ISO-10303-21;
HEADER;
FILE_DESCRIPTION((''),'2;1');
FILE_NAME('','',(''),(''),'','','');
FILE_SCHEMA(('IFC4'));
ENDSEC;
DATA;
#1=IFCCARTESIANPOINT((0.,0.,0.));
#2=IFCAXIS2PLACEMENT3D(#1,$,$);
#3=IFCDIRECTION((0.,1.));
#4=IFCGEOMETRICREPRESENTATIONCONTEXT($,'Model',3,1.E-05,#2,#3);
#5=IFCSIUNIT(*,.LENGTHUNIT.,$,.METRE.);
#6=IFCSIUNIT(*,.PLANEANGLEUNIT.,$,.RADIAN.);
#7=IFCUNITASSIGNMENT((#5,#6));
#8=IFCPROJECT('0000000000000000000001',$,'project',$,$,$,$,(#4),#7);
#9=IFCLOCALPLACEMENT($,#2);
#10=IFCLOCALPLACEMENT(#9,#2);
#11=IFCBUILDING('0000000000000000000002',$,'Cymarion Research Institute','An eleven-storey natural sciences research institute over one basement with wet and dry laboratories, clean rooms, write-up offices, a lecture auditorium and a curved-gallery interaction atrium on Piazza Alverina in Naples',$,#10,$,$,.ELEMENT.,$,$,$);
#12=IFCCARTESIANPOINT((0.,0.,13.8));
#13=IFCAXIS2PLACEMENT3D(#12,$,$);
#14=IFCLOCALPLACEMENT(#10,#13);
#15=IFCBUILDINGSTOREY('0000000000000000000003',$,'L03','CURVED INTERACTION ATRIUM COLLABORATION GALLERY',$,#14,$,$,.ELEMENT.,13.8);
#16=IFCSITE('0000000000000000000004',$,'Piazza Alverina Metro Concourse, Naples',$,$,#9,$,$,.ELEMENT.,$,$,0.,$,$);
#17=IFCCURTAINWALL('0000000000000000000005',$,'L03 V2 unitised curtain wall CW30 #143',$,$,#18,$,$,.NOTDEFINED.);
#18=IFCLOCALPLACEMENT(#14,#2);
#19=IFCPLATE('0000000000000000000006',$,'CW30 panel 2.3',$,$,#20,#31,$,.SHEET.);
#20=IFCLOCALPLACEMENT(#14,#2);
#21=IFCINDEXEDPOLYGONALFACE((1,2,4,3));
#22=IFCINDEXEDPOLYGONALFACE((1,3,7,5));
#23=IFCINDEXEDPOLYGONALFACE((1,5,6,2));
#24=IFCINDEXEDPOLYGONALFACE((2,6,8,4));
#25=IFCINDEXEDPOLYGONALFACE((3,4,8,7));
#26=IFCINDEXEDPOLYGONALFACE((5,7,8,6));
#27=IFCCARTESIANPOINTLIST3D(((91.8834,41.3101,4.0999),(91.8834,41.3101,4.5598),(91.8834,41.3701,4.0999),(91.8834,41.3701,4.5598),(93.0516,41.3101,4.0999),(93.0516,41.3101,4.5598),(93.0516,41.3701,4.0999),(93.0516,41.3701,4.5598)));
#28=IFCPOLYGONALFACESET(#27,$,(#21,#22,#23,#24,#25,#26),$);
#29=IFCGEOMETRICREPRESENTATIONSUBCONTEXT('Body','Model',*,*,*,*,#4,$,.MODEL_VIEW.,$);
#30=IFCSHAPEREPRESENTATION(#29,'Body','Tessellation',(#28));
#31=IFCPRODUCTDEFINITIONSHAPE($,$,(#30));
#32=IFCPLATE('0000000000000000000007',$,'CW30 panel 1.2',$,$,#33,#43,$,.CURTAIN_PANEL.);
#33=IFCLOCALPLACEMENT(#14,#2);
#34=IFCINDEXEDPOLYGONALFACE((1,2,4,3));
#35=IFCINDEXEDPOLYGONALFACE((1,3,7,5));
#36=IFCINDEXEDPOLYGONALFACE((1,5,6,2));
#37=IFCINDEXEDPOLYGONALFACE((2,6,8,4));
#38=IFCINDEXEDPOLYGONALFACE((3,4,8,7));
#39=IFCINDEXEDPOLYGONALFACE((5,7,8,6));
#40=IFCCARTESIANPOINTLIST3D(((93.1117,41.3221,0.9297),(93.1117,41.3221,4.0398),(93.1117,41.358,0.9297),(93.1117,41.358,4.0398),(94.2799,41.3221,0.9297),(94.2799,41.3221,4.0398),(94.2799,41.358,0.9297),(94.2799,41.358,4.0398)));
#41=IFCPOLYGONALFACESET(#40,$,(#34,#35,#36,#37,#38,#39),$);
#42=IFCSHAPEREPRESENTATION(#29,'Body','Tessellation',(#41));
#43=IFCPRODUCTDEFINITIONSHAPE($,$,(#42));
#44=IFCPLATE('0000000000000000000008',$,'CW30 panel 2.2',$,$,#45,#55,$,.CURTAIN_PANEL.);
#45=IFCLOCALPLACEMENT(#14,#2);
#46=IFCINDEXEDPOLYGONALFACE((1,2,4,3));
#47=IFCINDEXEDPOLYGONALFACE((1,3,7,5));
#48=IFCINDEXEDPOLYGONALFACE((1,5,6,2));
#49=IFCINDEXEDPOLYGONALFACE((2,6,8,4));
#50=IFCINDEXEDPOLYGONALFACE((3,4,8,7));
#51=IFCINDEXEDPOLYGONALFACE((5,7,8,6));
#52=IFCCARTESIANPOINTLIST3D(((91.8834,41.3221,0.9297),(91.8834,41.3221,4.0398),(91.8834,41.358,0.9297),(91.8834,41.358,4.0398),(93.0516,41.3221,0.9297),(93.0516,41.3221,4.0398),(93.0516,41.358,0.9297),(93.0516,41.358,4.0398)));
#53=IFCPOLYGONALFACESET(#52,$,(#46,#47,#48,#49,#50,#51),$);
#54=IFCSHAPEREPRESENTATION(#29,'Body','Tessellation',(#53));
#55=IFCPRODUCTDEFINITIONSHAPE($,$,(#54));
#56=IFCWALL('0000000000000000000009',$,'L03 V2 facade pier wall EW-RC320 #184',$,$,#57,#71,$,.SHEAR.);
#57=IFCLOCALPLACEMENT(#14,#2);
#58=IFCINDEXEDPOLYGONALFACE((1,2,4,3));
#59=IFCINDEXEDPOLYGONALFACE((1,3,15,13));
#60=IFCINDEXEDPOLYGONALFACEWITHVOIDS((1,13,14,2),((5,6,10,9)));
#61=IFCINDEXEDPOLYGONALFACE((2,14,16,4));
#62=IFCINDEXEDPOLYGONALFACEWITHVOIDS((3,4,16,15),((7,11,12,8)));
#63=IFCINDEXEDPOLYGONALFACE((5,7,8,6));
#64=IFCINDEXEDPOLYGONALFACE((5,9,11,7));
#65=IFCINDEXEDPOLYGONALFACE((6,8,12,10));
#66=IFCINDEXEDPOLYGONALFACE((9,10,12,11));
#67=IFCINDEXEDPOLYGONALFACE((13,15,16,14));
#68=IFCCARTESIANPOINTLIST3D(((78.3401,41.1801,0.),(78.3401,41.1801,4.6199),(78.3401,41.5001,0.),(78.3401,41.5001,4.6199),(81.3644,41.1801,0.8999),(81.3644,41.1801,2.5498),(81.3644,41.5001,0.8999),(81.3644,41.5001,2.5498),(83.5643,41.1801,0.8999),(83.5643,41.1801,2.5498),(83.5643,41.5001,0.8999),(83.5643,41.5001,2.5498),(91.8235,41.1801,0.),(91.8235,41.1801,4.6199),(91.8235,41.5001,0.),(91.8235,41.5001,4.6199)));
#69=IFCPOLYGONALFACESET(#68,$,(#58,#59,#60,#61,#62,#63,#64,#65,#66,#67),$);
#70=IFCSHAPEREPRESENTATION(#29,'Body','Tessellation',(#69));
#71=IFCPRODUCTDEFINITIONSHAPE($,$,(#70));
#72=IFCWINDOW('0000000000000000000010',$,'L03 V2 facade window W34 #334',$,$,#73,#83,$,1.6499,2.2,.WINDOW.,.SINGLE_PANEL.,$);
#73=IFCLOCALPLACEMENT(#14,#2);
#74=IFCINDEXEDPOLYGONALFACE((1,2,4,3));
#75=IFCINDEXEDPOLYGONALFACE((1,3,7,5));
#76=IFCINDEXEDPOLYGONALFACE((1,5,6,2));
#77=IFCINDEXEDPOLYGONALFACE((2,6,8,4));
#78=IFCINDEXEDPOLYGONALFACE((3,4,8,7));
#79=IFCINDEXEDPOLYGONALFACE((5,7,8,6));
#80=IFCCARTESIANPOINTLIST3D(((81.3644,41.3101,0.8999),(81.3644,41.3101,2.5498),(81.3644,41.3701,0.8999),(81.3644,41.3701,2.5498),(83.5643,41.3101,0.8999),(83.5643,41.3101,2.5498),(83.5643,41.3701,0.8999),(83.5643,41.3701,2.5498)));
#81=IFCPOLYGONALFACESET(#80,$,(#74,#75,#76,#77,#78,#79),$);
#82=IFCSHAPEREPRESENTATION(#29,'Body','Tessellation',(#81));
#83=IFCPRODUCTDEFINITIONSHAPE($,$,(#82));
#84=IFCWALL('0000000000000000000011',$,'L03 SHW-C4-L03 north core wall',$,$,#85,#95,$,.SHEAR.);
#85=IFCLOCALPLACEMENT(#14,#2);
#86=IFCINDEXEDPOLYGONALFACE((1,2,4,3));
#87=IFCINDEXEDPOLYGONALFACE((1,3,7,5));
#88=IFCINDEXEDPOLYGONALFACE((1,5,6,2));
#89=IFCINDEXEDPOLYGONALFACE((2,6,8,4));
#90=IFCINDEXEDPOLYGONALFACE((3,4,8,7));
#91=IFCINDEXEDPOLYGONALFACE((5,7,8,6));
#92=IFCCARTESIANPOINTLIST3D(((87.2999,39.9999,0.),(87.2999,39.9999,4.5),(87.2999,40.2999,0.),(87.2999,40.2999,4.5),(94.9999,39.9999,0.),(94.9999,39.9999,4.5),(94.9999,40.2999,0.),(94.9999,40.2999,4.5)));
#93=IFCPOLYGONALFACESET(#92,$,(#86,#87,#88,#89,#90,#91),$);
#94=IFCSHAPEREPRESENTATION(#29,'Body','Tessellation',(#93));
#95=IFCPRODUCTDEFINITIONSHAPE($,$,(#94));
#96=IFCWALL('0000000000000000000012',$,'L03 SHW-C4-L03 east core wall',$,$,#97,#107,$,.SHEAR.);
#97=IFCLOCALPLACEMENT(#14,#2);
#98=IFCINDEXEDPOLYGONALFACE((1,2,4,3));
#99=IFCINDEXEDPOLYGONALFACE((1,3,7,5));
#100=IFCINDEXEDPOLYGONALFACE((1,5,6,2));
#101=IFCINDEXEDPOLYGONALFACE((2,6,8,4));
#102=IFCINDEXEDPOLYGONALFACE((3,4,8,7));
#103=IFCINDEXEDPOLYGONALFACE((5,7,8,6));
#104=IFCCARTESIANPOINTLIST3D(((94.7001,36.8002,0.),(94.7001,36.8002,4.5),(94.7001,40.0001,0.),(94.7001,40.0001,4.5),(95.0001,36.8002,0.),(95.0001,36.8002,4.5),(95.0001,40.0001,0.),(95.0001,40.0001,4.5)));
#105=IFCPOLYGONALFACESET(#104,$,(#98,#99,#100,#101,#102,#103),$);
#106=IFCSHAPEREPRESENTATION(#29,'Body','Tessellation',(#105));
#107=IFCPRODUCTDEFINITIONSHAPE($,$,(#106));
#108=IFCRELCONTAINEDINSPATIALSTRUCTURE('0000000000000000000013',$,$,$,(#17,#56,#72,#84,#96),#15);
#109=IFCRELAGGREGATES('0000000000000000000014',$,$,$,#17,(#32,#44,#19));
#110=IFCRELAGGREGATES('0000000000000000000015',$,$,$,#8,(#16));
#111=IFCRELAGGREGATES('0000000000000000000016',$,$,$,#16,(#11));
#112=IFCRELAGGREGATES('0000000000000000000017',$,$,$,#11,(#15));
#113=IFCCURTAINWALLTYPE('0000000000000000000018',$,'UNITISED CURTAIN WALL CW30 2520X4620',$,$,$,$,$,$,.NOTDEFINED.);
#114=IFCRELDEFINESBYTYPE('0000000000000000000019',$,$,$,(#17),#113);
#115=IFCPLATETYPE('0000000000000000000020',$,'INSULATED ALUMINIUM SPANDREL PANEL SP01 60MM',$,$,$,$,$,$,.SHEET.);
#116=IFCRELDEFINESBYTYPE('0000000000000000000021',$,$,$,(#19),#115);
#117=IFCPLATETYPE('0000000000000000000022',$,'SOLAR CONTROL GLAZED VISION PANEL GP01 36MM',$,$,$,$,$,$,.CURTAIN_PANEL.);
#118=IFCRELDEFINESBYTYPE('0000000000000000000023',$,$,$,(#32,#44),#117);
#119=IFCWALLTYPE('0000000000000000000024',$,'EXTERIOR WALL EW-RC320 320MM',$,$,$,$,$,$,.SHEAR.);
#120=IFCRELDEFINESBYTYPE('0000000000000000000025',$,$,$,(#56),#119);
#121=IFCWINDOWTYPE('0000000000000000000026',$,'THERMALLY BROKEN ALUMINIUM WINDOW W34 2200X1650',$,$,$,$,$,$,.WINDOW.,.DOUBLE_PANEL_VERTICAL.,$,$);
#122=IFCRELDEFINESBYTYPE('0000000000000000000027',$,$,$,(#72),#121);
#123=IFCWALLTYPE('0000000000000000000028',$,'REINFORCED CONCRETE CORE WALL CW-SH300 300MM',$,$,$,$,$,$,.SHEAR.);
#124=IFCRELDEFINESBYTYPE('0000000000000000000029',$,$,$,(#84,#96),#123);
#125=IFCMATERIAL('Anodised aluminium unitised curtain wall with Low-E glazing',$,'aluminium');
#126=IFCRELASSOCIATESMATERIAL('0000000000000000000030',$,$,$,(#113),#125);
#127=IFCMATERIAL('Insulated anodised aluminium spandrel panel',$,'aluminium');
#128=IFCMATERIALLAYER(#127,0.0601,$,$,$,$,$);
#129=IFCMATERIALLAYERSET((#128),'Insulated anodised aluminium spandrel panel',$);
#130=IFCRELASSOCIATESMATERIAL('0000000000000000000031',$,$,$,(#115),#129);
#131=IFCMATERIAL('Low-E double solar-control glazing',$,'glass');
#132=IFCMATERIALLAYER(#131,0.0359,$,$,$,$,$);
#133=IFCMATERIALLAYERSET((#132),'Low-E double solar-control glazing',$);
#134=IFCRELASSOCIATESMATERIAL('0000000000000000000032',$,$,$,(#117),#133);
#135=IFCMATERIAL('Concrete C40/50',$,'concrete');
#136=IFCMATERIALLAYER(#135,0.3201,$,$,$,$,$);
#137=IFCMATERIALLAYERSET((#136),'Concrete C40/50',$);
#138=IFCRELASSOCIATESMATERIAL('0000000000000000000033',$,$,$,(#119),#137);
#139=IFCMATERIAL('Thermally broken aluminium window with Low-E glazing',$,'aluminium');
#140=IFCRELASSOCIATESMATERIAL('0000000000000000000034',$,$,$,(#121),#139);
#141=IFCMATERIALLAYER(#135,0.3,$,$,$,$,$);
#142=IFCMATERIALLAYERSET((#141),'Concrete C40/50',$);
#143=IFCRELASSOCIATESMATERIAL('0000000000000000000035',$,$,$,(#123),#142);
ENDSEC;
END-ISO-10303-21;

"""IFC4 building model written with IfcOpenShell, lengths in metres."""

from ifc_helpers import new_model, si_unit, direction, frame, frame_2d, origin, origin_2d, place, context, subcontext, project, spatial, rectangle, extrude, material, layer, layer_set, type_object, element, fill, aggregate, save


model = new_model("IFC4")

# Units and contexts
model_context = context("Model", 3, precision=1e-05, world=origin(), true_north=direction((0.0, 1.0)))
body_context = subcontext(model_context, "Body", "Model", "MODEL_VIEW")
ifc_project = project(units=[si_unit("LENGTHUNIT", "METRE"), si_unit("PLANEANGLEUNIT", "RADIAN")], contexts=[model_context])

# Site, building, storey
site_placement = place(None, origin())
site = spatial("IfcSite", under=ifc_project, at=site_placement, Name="Piazza Alverina Metro Concourse, Naples", CompositionType="ELEMENT", RefElevation=0.0)
building_placement = place(site_placement, origin())
building = spatial("IfcBuilding", under=site, at=building_placement, Name="Cymarion Research Institute", Description="An eleven-storey natural sciences research institute over one basement with wet and dry laboratories, clean rooms, write-up offices, a lecture auditorium and a curved-gallery interaction atrium on Piazza Alverina in Naples", CompositionType="ELEMENT")
storey_placement = place(building_placement, frame((0.0, 0.0, 13.8)))
storey = spatial("IfcBuildingStorey", under=building, at=storey_placement, Name="L03", Description="CURVED INTERACTION ATRIUM COLLABORATION GALLERY", CompositionType="ELEMENT", Elevation=13.8)

# Curtain wall
ifc_material_1 = material(Name="Anodised aluminium unitised curtain wall with Low-E glazing", Category="aluminium")
curtain_wall_type = type_object("IfcCurtainWallType", Name="UNITISED CURTAIN WALL CW30 2520X4620", PredefinedType="NOTDEFINED", material=ifc_material_1)
curtain_wall_placement = place(storey_placement, origin())
curtain_wall = element("IfcCurtainWall", 1, at=curtain_wall_placement, inside=storey, type_object=curtain_wall_type, Name="L03 V2 unitised curtain wall CW30 #143", PredefinedType="NOTDEFINED")

# Plates
ifc_material_2 = material(Name="Insulated anodised aluminium spandrel panel", Category="aluminium")
ifc_layer_1 = layer(ifc_material_2, 0.0601)
ifc_layer_set_1 = layer_set([ifc_layer_1], Name="Insulated anodised aluminium spandrel panel")
plate_type_1 = type_object("IfcPlateType", Name="INSULATED ALUMINIUM SPANDREL PANEL SP01 60MM", PredefinedType="SHEET", material=ifc_layer_set_1)
plate_1_placement = place(storey_placement, frame((92.4675, 41.3401, 4.0999), z_axis=(0.0, 0.0, 1.0), x_axis=(-1.0, 0.0, 0.0)))
plate_1 = element("IfcPlate", 2, at=plate_1_placement, type_object=plate_type_1, Name="CW30 panel 2.3", PredefinedType="SHEET", context=body_context, shape_type="SweptSolid", body=[
    extrude(rectangle(XDim=1.1682, YDim=0.0601, at=origin_2d()), origin(), (0.0, 0.0, 1.0), 0.46),
])
ifc_material_3 = material(Name="Low-E double solar-control glazing", Category="glass")
ifc_layer_2 = layer(ifc_material_3, 0.0359)
ifc_layer_set_2 = layer_set([ifc_layer_2], Name="Low-E double solar-control glazing")
plate_type_2 = type_object("IfcPlateType", Name="SOLAR CONTROL GLAZED VISION PANEL GP01 36MM", PredefinedType="CURTAIN_PANEL", material=ifc_layer_set_2)
plate_2_placement = place(storey_placement, frame((93.6958, 41.3401, 0.9297), z_axis=(0.0, 0.0, 1.0), x_axis=(-1.0, 0.0, 0.0)))
plate_2 = element("IfcPlate", 3, at=plate_2_placement, type_object=plate_type_2, Name="CW30 panel 1.2", PredefinedType="CURTAIN_PANEL", context=body_context, shape_type="SweptSolid", body=[
    extrude(rectangle(XDim=1.1682, YDim=0.0359, at=origin_2d()), origin(), (0.0, 0.0, 1.0), 3.1101),
])
plate_3_placement = place(storey_placement, frame((92.4675, 41.3401, 0.9297), z_axis=(0.0, 0.0, 1.0), x_axis=(-1.0, 0.0, 0.0)))
plate_3 = element("IfcPlate", 4, at=plate_3_placement, type_object=plate_type_2, Name="CW30 panel 2.2", PredefinedType="CURTAIN_PANEL", context=body_context, shape_type="SweptSolid", body=[
    extrude(rectangle(XDim=1.1682, YDim=0.0359, at=origin_2d()), origin(), (0.0, 0.0, 1.0), 3.1101),
])
aggregate(curtain_wall, [plate_2, plate_3, plate_1])

# Wall, opening, window
ifc_material_4 = material(Name="Concrete C40/50", Category="concrete")
ifc_layer_3 = layer(ifc_material_4, 0.3201)
ifc_layer_set_3 = layer_set([ifc_layer_3], Name="Concrete C40/50")
wall_type_1 = type_object("IfcWallType", Name="EXTERIOR WALL EW-RC320 320MM", PredefinedType="SHEAR", material=ifc_layer_set_3)
wall_1_placement = place(storey_placement, frame((91.8235, 41.3401, 0.0), z_axis=(0.0, 0.0, 1.0), x_axis=(-1.0, 0.0, 0.0)))
wall_1 = element("IfcWall", 5, at=wall_1_placement, inside=storey, type_object=wall_type_1, Name="L03 V2 facade pier wall EW-RC320 #184", PredefinedType="SHEAR", context=body_context, shape_type="SweptSolid", body=[
    extrude(rectangle(XDim=13.4834, YDim=0.3201, at=frame_2d((6.7417, 0.0))), origin(), (0.0, 0.0, 1.0), 4.6199),
])
opening_placement = place(wall_1_placement, frame((8.259, 0.0, 0.8999)))
opening = element("IfcOpeningElement", 6, at=opening_placement, cuts=wall_1, PredefinedType="OPENING", context=body_context, shape_type="SweptSolid", body=[
    extrude(rectangle(XDim=2.2, YDim=1.6499, at=frame_2d((1.1001, 0.825))), frame((0.0, 0.1699, 0.0), z_axis=(0.0, -1.0, 0.0), x_axis=(1.0, 0.0, 0.0)), (0.0, 0.0, 1.0), 0.3401),
])
ifc_material_5 = material(Name="Thermally broken aluminium window with Low-E glazing", Category="aluminium")
window_type = type_object("IfcWindowType", Name="THERMALLY BROKEN ALUMINIUM WINDOW W34 2200X1650", PartitioningType="DOUBLE_PANEL_VERTICAL", PredefinedType="WINDOW", material=ifc_material_5)
window_placement = place(opening_placement, origin())
window = element("IfcWindow", 7, at=window_placement, inside=storey, type_object=window_type, Name="L03 V2 facade window W34 #334", OverallHeight=1.6499, OverallWidth=2.2, PartitioningType="SINGLE_PANEL", PredefinedType="WINDOW", context=body_context, shape_type="SweptSolid", body=[
    extrude(rectangle(XDim=2.2, YDim=1.6499, at=frame_2d((1.1001, 0.825))), frame((0.0, 0.03, 0.0), z_axis=(0.0, -1.0, 0.0), x_axis=(1.0, 0.0, 0.0)), (0.0, 0.0, 1.0), 0.0601),
])
fill(opening, window)

# Walls
ifc_layer_4 = layer(ifc_material_4, 0.3)
ifc_layer_set_4 = layer_set([ifc_layer_4], Name="Concrete C40/50")
wall_type_2 = type_object("IfcWallType", Name="REINFORCED CONCRETE CORE WALL CW-SH300 300MM", PredefinedType="SHEAR", material=ifc_layer_set_4)
wall_2_placement = place(storey_placement, frame((95.0, 40.1499, 0.0), z_axis=(0.0, 0.0, 1.0), x_axis=(-1.0, 0.0, 0.0)))
element("IfcWall", 8, at=wall_2_placement, inside=storey, type_object=wall_type_2, Name="L03 SHW-C4-L03 north core wall", PredefinedType="SHEAR", context=body_context, shape_type="SweptSolid", body=[
    extrude(rectangle(XDim=7.7, YDim=0.3, at=frame_2d((3.8501, 0.0))), origin(), (0.0, 0.0, 1.0), 4.5),
])
wall_3_placement = place(storey_placement, frame((94.8501, 36.8, 0.0), z_axis=(0.0, 0.0, 1.0), x_axis=(0.0, 1.0, 0.0)))
element("IfcWall", 9, at=wall_3_placement, inside=storey, type_object=wall_type_2, Name="L03 SHW-C4-L03 east core wall", PredefinedType="SHEAR", context=body_context, shape_type="SweptSolid", body=[
    extrude(rectangle(XDim=3.2, YDim=0.3, at=frame_2d((1.6001, 0.0))), origin(), (0.0, 0.0, 1.0), 4.5),
])

save(model, "model.ifc")
